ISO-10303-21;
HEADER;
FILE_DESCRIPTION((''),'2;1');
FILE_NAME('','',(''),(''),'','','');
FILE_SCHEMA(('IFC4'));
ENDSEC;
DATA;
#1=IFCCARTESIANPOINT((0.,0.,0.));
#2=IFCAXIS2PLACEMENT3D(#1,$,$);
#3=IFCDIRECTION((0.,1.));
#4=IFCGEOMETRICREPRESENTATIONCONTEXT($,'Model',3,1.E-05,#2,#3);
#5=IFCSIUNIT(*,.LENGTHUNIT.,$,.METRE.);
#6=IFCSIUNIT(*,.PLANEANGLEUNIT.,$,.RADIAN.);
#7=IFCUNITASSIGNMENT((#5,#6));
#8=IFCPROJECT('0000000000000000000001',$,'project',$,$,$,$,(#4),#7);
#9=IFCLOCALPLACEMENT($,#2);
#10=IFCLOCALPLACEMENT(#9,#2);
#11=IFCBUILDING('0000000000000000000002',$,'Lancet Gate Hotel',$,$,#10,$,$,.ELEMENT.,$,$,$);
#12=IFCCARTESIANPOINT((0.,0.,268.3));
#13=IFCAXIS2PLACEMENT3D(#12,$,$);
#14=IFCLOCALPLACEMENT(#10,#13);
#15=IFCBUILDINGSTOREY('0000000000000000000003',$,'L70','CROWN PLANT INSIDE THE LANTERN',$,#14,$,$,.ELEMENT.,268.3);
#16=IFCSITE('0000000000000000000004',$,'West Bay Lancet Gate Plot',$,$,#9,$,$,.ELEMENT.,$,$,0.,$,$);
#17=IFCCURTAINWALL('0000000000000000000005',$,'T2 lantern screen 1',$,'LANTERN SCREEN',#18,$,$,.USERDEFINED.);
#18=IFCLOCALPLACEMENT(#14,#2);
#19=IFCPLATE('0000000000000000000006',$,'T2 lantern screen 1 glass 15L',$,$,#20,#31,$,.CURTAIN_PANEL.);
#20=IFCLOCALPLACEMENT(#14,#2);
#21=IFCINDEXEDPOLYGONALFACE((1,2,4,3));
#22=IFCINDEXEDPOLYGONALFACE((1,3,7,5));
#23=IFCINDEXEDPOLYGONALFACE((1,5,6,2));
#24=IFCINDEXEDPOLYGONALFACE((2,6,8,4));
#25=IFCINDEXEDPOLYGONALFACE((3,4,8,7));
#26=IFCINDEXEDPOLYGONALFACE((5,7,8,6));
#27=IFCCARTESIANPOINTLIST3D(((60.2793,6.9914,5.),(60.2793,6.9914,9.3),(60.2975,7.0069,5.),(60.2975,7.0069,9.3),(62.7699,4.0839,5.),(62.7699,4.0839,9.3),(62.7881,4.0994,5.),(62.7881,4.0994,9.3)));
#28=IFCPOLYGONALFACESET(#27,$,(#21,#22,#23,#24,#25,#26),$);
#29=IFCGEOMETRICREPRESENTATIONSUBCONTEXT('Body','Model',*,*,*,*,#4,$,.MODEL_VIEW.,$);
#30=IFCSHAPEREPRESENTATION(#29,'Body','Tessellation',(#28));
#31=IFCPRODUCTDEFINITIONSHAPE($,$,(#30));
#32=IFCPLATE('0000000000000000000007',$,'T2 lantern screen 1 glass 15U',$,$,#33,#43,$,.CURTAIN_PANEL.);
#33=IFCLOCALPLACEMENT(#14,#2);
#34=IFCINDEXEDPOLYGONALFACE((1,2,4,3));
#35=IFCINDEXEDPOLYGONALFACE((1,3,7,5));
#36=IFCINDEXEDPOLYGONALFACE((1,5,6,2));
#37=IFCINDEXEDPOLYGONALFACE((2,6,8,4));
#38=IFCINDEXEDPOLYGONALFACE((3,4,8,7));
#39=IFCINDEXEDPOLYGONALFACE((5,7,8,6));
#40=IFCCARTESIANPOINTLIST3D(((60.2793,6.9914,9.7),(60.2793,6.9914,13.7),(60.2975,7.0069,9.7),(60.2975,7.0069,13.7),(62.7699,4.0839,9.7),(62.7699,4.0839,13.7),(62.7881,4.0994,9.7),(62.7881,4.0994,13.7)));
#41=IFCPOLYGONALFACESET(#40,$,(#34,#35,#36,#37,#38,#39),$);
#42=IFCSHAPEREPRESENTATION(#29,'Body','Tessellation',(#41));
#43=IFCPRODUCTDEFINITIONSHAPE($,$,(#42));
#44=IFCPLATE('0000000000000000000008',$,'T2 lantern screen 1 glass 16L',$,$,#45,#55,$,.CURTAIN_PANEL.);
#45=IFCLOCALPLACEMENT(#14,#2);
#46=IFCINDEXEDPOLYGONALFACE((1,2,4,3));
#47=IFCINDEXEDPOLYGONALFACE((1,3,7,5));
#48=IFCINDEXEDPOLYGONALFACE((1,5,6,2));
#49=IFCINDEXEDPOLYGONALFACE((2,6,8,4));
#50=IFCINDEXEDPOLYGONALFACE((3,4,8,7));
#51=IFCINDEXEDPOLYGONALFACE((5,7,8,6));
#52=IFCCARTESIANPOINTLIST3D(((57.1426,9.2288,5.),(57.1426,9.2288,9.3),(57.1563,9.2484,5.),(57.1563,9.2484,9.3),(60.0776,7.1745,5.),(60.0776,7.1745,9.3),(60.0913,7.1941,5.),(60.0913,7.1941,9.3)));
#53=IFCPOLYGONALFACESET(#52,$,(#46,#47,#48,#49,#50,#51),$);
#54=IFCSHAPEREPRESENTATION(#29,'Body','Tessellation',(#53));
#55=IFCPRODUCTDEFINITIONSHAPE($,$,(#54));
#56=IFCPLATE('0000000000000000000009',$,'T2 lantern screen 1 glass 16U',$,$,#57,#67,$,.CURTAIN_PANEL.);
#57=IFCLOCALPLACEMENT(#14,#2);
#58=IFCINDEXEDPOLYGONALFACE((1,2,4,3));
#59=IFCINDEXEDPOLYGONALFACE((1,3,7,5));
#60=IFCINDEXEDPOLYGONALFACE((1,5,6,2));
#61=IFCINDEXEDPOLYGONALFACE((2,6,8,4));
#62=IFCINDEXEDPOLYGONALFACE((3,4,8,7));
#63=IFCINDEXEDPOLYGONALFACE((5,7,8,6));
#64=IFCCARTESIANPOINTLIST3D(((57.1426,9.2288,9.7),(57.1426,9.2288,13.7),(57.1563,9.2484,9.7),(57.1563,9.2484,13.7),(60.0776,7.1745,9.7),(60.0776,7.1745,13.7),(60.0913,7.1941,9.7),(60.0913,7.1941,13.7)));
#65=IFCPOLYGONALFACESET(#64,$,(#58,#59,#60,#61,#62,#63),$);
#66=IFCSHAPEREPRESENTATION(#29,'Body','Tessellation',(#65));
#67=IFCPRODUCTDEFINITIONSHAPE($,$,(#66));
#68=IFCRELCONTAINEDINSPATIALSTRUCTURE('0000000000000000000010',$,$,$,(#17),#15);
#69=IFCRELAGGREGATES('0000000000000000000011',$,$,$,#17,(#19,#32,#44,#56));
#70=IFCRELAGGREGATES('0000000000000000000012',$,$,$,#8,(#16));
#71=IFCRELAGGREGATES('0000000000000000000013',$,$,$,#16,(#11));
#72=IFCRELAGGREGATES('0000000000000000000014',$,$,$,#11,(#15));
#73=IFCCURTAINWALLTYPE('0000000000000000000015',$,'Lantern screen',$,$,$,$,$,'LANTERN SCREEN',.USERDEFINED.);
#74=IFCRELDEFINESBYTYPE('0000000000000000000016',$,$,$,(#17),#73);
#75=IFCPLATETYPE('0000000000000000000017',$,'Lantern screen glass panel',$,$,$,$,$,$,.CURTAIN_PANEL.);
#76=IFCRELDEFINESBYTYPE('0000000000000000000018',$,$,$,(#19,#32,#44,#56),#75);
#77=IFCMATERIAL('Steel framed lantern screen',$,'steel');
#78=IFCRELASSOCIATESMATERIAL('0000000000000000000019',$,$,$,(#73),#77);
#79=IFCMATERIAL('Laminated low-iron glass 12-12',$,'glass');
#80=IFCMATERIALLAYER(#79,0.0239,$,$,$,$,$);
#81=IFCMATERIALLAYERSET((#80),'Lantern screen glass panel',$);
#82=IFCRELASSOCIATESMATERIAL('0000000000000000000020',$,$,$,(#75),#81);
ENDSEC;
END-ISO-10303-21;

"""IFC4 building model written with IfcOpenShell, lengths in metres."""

from ifc_helpers import new_model, si_unit, direction, frame, origin, origin_2d, place, context, subcontext, project, spatial, rectangle, extrude, material, layer, layer_set, type_object, element, aggregate, save


model = new_model("IFC4")

# Units and contexts
model_context = context("Model", 3, precision=1e-05, world=origin(), true_north=direction((0.0, 1.0)))
body_context = subcontext(model_context, "Body", "Model", "MODEL_VIEW")
ifc_project = project(units=[si_unit("LENGTHUNIT", "METRE"), si_unit("PLANEANGLEUNIT", "RADIAN")], contexts=[model_context])

# Site, building, storey
site_placement = place(None, origin())
site = spatial("IfcSite", under=ifc_project, at=site_placement, Name="West Bay Lancet Gate Plot", CompositionType="ELEMENT", RefElevation=0.0)
building_placement = place(site_placement, origin())
building = spatial("IfcBuilding", under=site, at=building_placement, Name="Lancet Gate Hotel", CompositionType="ELEMENT")
storey_placement = place(building_placement, frame((0.0, 0.0, 268.3)))
storey = spatial("IfcBuildingStorey", under=building, at=storey_placement, Name="L70", Description="CROWN PLANT INSIDE THE LANTERN", CompositionType="ELEMENT", Elevation=268.3)

# Curtain wall
ifc_material_1 = material(Name="Steel framed lantern screen", Category="steel")
curtain_wall_type_1 = type_object("IfcCurtainWallType", Name="Lantern screen", ElementType="LANTERN SCREEN", PredefinedType="USERDEFINED", material=ifc_material_1)
curtain_wall_1_placement = place(storey_placement, origin())
curtain_wall_1 = element("IfcCurtainWall", 1, at=curtain_wall_1_placement, inside=storey, type_object=curtain_wall_type_1, Name="T2 lantern screen 1", ObjectType="LANTERN SCREEN", PredefinedType="USERDEFINED")

# Plates
ifc_material_2 = material(Name="Laminated low-iron glass 12-12", Category="glass")
ifc_layer_1 = layer(ifc_material_2, 0.0239)
ifc_layer_set_1 = layer_set([ifc_layer_1], Name="Lantern screen glass panel")
plate_type_1 = type_object("IfcPlateType", Name="Lantern screen glass panel", PredefinedType="CURTAIN_PANEL", material=ifc_layer_set_1)
plate_1_placement = place(storey_placement, frame((61.5337, 5.5454, 5.0), z_axis=(0.0, 0.0, 1.0), x_axis=(-0.650552, 0.759462, 0.0)))
plate_1 = element("IfcPlate", 2, at=plate_1_placement, type_object=plate_type_1, Name="T2 lantern screen 1 glass 15L", PredefinedType="CURTAIN_PANEL", context=body_context, shape_type="SweptSolid", body=[
    extrude(rectangle(XDim=3.8284, YDim=0.0239, at=origin_2d()), origin(), (0.0, 0.0, 1.0), 4.3),
])
plate_2_placement = place(storey_placement, frame((61.5337, 5.5454, 9.7), z_axis=(0.0, 0.0, 1.0), x_axis=(-0.650552, 0.759462, 0.0)))
plate_2 = element("IfcPlate", 3, at=plate_2_placement, type_object=plate_type_1, Name="T2 lantern screen 1 glass 15U", PredefinedType="CURTAIN_PANEL", context=body_context, shape_type="SweptSolid", body=[
    extrude(rectangle(XDim=3.8284, YDim=0.0239, at=origin_2d()), origin(), (0.0, 0.0, 1.0), 4.0),
])
plate_3_placement = place(storey_placement, frame((58.6169, 8.2114, 5.0), z_axis=(0.0, 0.0, 1.0), x_axis=(-0.819255, 0.573429, 0.0)))
plate_3 = element("IfcPlate", 4, at=plate_3_placement, type_object=plate_type_1, Name="T2 lantern screen 1 glass 16L", PredefinedType="CURTAIN_PANEL", context=body_context, shape_type="SweptSolid", body=[
    extrude(rectangle(XDim=3.5825, YDim=0.0239, at=origin_2d()), origin(), (0.0, 0.0, 1.0), 4.3),
])
plate_4_placement = place(storey_placement, frame((58.6169, 8.2114, 9.7), z_axis=(0.0, 0.0, 1.0), x_axis=(-0.819255, 0.573429, 0.0)))
plate_4 = element("IfcPlate", 5, at=plate_4_placement, type_object=plate_type_1, Name="T2 lantern screen 1 glass 16U", PredefinedType="CURTAIN_PANEL", context=body_context, shape_type="SweptSolid", body=[
    extrude(rectangle(XDim=3.5825, YDim=0.0239, at=origin_2d()), origin(), (0.0, 0.0, 1.0), 4.0),
])
aggregate(curtain_wall_1, [plate_1, plate_2, plate_3, plate_4])

save(model, "model.ifc")
